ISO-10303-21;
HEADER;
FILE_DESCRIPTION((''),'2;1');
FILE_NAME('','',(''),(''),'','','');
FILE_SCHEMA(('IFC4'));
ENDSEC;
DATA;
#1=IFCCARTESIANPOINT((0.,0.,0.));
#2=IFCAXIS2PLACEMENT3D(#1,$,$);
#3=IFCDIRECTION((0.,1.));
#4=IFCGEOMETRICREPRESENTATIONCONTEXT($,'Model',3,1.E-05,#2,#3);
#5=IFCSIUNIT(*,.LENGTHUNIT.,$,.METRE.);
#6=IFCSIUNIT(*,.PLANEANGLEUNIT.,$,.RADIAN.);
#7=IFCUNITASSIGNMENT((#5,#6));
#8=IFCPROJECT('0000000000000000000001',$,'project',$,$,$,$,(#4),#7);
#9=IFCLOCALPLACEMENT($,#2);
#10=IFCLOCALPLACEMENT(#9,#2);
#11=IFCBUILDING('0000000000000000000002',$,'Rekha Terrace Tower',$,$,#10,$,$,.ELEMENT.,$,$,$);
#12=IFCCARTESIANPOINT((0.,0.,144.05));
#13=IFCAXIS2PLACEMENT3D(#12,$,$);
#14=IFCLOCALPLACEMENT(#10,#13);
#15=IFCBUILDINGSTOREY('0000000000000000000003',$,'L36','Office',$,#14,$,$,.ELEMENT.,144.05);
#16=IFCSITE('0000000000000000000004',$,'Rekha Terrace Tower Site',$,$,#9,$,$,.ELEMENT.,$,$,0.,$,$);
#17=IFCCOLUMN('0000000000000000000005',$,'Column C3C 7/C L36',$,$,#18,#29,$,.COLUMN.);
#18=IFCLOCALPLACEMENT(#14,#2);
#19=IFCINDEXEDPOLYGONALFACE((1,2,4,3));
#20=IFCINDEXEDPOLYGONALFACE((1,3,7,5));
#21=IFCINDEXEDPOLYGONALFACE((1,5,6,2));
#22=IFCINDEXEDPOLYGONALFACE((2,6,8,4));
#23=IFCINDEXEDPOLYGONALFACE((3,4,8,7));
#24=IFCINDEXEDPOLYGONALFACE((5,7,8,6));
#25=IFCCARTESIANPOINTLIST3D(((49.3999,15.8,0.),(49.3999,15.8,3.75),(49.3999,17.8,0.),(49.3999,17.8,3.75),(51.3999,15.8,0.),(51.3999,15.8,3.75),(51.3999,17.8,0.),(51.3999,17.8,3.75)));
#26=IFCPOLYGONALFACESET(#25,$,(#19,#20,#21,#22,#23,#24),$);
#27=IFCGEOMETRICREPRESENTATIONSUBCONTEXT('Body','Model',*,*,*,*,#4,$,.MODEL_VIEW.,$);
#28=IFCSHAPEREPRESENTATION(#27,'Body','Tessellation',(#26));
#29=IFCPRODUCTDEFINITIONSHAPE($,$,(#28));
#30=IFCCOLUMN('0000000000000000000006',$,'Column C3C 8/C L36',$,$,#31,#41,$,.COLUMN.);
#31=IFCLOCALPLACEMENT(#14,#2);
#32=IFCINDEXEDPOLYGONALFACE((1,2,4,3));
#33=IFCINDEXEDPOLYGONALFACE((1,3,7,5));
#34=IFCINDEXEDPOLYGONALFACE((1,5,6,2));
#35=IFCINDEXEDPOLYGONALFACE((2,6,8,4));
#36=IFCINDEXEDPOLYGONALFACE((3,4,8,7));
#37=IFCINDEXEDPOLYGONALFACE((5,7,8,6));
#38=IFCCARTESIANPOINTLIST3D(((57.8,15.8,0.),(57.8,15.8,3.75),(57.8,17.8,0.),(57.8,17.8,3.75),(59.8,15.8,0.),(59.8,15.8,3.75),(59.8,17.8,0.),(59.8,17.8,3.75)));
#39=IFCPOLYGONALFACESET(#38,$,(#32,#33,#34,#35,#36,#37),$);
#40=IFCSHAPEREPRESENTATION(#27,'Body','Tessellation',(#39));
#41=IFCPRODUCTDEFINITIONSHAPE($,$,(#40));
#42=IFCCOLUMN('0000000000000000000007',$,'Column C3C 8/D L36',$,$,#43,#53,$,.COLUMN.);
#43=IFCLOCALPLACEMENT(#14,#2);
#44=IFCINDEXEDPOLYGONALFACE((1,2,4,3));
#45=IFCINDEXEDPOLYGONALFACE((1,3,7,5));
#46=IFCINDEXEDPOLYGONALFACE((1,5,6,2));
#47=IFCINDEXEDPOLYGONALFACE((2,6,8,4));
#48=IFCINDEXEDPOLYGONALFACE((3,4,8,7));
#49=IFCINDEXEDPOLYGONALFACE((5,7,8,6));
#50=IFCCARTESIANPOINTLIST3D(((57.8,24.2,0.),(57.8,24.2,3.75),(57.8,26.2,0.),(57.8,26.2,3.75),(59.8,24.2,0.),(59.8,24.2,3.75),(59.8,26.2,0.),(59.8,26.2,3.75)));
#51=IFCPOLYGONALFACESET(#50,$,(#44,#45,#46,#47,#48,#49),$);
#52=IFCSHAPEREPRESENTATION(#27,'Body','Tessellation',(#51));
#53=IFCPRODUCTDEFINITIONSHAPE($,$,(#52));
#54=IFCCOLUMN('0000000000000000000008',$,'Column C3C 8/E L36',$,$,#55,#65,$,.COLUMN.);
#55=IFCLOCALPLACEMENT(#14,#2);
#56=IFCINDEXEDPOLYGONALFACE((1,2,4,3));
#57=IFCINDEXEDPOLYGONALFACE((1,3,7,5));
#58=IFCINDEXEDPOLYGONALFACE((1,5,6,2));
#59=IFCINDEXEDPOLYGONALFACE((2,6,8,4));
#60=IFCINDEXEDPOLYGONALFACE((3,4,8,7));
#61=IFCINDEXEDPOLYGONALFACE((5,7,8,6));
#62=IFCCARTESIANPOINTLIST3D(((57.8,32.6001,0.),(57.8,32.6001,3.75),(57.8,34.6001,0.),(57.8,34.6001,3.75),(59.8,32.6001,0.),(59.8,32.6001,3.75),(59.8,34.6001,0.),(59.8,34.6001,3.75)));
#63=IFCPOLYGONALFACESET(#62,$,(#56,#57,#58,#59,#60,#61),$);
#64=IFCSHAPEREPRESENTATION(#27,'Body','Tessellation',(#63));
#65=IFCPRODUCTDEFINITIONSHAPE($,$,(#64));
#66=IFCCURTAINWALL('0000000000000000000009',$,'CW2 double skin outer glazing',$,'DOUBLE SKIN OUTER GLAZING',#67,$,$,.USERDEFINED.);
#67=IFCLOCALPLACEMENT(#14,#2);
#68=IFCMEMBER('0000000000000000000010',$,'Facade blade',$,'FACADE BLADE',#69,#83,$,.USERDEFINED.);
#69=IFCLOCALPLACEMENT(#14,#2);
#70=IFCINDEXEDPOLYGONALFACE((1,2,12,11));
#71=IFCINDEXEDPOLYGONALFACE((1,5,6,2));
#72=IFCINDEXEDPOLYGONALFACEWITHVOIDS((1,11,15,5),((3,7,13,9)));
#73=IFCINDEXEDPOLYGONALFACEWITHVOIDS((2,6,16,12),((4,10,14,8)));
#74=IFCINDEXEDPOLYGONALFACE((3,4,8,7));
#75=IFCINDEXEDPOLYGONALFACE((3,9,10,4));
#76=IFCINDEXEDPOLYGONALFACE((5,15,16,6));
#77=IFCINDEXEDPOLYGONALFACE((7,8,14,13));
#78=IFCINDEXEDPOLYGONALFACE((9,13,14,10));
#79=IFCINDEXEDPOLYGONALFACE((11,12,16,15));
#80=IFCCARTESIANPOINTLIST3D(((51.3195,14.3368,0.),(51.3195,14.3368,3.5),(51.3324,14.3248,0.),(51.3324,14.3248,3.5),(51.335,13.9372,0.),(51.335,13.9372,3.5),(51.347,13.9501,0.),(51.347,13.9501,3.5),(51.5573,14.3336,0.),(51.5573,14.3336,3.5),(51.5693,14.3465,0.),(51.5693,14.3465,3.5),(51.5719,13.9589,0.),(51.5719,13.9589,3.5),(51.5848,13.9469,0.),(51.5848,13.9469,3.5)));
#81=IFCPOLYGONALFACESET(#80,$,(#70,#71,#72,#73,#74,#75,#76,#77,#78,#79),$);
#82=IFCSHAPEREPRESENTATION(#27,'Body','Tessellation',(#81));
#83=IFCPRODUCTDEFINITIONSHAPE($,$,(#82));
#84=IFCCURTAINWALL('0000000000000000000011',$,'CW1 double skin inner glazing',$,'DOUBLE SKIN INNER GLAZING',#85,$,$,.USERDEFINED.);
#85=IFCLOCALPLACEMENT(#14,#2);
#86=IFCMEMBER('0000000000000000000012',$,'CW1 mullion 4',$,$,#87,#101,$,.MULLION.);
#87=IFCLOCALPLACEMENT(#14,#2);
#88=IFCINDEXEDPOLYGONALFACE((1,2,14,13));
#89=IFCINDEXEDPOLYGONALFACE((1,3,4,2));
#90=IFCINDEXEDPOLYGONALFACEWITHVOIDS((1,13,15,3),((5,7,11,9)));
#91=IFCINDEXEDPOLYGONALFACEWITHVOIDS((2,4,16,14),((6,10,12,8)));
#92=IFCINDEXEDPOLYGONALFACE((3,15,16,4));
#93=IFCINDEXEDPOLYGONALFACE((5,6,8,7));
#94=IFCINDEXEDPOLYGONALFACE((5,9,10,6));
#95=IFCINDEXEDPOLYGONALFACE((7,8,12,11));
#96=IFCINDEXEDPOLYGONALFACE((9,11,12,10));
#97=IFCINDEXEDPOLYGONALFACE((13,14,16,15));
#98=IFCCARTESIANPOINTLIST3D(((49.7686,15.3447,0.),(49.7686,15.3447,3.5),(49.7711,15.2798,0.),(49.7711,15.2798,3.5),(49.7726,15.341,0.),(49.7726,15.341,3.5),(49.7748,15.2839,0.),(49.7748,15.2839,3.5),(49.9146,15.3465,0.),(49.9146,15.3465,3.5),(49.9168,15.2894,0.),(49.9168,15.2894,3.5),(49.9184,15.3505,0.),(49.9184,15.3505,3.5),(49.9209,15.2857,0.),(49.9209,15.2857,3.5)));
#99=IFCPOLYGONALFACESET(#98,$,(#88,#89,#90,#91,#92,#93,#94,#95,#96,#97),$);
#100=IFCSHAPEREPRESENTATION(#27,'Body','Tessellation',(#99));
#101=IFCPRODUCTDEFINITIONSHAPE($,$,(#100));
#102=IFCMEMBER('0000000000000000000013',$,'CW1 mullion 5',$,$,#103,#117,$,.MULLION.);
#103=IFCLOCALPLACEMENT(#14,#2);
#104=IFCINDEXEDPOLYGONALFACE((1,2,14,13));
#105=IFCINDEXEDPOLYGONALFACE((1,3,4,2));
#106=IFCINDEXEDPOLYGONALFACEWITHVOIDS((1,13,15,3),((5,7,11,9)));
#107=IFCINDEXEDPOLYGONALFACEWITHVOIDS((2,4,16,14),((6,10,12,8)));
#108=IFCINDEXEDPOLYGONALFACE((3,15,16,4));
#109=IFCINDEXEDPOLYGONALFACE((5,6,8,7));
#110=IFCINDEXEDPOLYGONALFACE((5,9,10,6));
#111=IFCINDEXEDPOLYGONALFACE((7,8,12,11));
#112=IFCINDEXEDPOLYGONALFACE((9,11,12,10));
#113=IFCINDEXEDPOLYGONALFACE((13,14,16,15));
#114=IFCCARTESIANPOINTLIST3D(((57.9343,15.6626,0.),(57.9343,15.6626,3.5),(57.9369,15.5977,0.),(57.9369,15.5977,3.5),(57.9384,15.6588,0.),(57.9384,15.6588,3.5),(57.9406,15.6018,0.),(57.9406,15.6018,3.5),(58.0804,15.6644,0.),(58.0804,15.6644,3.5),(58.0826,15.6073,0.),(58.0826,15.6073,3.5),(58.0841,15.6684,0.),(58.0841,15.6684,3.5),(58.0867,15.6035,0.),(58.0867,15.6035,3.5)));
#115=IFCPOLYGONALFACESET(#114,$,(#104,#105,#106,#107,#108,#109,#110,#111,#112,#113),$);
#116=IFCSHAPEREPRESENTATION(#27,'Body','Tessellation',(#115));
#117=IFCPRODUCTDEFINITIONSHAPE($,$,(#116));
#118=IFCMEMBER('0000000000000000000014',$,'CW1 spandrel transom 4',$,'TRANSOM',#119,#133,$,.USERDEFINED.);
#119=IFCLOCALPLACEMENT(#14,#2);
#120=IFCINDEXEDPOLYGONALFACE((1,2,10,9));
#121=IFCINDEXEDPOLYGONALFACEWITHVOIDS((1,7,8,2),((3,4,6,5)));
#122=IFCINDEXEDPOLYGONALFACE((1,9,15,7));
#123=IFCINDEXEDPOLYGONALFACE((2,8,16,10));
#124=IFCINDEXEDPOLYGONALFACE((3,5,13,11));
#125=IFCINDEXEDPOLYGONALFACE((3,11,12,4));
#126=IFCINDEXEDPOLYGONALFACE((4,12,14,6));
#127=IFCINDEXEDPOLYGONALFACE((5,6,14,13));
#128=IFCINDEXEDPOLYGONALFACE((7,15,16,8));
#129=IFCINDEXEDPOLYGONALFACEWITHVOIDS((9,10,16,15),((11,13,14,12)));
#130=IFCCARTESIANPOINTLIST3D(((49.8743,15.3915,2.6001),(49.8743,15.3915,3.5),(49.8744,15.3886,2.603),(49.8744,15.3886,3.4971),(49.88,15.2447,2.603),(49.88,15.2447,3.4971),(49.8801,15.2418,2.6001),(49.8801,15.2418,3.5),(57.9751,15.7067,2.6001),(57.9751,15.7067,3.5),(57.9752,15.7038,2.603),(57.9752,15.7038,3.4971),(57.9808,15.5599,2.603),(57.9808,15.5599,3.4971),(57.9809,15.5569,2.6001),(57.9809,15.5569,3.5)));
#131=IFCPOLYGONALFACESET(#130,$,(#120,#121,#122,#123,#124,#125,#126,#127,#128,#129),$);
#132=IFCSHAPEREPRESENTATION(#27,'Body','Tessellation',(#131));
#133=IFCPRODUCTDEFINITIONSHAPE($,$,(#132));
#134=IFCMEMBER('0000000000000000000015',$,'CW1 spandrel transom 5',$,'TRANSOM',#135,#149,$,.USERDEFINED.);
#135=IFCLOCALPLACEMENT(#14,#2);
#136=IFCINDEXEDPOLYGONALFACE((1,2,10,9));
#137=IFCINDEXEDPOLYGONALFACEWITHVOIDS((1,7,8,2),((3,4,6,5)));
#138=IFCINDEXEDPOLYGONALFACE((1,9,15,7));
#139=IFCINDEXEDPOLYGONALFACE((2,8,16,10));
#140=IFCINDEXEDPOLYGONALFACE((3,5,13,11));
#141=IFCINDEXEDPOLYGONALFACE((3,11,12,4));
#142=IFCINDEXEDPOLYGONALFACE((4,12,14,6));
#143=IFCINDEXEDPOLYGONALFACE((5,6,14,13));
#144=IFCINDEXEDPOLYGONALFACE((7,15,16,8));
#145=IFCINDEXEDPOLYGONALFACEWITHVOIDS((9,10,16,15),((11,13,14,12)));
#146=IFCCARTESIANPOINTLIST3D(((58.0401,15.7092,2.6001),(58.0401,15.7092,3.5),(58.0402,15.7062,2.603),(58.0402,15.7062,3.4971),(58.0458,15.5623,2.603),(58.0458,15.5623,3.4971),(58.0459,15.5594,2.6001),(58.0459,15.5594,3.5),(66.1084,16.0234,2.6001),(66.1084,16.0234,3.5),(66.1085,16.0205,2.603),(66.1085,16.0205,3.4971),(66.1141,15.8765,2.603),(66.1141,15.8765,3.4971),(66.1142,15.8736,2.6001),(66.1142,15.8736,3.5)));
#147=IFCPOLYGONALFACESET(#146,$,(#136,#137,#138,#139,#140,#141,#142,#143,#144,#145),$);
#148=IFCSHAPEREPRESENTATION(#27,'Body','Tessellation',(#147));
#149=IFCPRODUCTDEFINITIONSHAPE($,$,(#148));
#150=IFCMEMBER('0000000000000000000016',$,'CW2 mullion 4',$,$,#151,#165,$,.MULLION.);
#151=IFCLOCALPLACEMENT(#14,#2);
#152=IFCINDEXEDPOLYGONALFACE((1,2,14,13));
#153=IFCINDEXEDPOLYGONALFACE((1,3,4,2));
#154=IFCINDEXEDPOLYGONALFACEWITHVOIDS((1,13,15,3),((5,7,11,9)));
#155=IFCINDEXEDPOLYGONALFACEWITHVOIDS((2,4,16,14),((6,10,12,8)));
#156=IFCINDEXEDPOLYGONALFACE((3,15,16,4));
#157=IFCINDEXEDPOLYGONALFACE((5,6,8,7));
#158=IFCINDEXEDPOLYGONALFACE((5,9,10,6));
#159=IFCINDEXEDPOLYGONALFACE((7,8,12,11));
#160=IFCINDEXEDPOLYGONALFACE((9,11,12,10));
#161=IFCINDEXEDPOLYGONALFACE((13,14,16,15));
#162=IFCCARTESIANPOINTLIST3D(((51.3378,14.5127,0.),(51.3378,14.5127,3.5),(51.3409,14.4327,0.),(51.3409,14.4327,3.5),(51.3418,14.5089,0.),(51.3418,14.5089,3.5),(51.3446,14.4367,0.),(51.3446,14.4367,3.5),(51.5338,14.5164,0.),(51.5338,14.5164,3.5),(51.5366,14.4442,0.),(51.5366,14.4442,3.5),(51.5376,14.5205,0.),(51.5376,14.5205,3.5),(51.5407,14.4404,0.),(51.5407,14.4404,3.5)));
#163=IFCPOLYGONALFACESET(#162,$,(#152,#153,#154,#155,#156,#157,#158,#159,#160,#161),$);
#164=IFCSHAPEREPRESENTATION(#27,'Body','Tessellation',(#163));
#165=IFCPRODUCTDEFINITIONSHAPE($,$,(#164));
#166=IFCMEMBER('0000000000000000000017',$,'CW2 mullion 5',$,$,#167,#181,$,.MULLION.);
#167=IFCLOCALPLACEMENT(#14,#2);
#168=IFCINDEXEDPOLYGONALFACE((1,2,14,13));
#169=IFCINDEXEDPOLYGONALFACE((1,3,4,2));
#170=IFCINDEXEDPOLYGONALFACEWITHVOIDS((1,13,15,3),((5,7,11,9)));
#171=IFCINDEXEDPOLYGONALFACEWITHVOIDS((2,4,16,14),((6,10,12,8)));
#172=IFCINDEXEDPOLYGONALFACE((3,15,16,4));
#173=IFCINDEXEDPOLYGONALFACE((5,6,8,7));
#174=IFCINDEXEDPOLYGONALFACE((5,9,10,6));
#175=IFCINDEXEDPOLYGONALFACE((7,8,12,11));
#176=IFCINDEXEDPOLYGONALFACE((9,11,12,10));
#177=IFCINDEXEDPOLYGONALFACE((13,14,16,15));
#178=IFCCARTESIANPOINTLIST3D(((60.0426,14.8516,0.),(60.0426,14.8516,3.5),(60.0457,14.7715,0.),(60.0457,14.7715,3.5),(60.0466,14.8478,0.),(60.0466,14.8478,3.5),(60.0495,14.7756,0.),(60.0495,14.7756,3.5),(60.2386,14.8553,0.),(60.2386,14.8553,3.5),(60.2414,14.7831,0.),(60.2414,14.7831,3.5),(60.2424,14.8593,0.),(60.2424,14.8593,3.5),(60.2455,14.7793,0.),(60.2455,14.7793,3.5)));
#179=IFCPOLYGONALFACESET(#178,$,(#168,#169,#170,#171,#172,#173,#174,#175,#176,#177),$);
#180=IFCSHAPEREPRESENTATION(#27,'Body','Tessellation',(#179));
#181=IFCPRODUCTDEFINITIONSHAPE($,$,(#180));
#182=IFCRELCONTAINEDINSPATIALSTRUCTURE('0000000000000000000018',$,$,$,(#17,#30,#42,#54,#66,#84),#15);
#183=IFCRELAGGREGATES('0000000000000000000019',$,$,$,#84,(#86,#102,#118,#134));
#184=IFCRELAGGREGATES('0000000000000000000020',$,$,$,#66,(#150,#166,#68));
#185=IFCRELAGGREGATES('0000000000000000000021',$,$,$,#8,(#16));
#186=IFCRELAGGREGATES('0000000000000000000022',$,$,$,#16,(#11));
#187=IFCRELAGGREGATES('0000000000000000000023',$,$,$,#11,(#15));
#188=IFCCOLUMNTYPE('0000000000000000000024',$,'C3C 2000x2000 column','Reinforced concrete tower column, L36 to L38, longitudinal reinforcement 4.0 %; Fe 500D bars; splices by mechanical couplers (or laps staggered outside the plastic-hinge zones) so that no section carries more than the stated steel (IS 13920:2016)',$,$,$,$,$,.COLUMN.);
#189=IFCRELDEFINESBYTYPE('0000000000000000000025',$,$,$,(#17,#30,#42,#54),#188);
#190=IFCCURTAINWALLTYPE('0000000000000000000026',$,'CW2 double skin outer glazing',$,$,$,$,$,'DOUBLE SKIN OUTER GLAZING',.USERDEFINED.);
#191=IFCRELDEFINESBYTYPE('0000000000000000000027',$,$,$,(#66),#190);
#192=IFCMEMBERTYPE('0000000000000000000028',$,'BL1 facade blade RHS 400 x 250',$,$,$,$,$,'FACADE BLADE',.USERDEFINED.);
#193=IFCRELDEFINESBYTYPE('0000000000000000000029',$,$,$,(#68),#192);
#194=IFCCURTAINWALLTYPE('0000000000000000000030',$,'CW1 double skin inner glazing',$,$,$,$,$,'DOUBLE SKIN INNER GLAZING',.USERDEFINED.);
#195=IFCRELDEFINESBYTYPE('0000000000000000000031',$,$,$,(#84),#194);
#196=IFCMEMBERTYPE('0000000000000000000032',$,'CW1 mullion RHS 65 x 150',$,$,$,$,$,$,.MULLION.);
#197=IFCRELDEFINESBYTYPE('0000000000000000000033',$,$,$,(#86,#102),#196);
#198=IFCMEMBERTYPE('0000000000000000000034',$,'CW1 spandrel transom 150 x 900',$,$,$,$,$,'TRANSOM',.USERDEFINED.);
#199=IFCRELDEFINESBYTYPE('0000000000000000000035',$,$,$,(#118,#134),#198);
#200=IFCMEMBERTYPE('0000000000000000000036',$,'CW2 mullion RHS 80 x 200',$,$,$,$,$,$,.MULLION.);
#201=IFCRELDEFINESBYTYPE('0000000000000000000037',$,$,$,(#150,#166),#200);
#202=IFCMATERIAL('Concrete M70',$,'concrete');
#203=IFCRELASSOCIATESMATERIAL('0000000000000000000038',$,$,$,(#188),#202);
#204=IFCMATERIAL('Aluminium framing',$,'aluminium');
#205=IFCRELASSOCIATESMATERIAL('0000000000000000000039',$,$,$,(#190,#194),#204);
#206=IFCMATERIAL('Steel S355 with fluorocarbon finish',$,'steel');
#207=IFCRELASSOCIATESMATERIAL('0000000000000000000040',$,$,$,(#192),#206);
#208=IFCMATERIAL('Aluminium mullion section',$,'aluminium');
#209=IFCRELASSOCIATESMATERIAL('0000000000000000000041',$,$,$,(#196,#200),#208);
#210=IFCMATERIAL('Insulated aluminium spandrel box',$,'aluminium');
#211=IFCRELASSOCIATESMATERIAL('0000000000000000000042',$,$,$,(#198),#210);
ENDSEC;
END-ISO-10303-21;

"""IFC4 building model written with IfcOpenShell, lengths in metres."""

from ifc_helpers import new_model, si_unit, direction, frame, origin, origin_2d, place, context, subcontext, project, spatial, rectangle, hollow_rectangle, extrude, material, material_profile, profile_set, type_object, element, aggregate, save


model = new_model("IFC4")

# Units and contexts
model_context = context("Model", 3, precision=1e-05, world=origin(), true_north=direction((0.0, 1.0)))
body_context = subcontext(model_context, "Body", "Model", "MODEL_VIEW")
ifc_project = project(units=[si_unit("LENGTHUNIT", "METRE"), si_unit("PLANEANGLEUNIT", "RADIAN")], contexts=[model_context])

# Site, building, storey
site_placement = place(None, origin())
site = spatial("IfcSite", under=ifc_project, at=site_placement, Name="Rekha Terrace Tower Site", CompositionType="ELEMENT", RefElevation=0.0)
building_placement = place(site_placement, origin())
building = spatial("IfcBuilding", under=site, at=building_placement, Name="Rekha Terrace Tower", CompositionType="ELEMENT")
storey_placement = place(building_placement, frame((0.0, 0.0, 144.05)))
storey = spatial("IfcBuildingStorey", under=building, at=storey_placement, Name="L36", Description="Office", CompositionType="ELEMENT", Elevation=144.05)

# Columns
ifc_material_1 = material(Name="Concrete M70", Category="concrete")
ifc_material_profile_1 = material_profile(ifc_material_1, rectangle(XDim=2.0, YDim=2.0, at=origin_2d()), Name="RC 2000x2000")
ifc_profile_set_1 = profile_set([ifc_material_profile_1], Name="Concrete M70")
column_type = type_object("IfcColumnType", Name="C3C 2000x2000 column", Description="Reinforced concrete tower column, L36 to L38, longitudinal reinforcement 4.0 %; Fe 500D bars; splices by mechanical couplers (or laps staggered outside the plastic-hinge zones) so that no section carries more than the stated steel (IS 13920:2016)", PredefinedType="COLUMN", material=ifc_profile_set_1)
for number, where, z_axis, x_axis, name in (
    (1, (50.3999, 16.8, 0.0), (0.0, 0.0, 1.0), (1.0, 0.0, 0.0), "Column C3C 7/C L36"),
    (2, (58.8, 16.8, 0.0), (0.0, 0.0, 1.0), (1.0, 0.0, 0.0), "Column C3C 8/C L36"),
    (3, (58.8, 25.2, 0.0), (0.0, 0.0, 1.0), (1.0, 0.0, 0.0), "Column C3C 8/D L36"),
    (4, (58.8, 33.6001, 0.0), (0.0, 0.0, 1.0), (1.0, 0.0, 0.0), "Column C3C 8/E L36"),
):
    element("IfcColumn", number, at=place(storey_placement, frame(where, z_axis=z_axis, x_axis=x_axis)), inside=storey, type_object=column_type, Name=name, PredefinedType="COLUMN", context=body_context, shape_type="SweptSolid", body=[
        extrude(rectangle(XDim=2.0, YDim=2.0, at=origin_2d()), origin(), (0.0, 0.0, 1.0), 3.75),
    ])

# Curtain wall, member
ifc_material_2 = material(Name="Aluminium framing", Category="aluminium")
curtain_wall_type_1 = type_object("IfcCurtainWallType", Name="CW2 double skin outer glazing", ElementType="DOUBLE SKIN OUTER GLAZING", PredefinedType="USERDEFINED", material=ifc_material_2)
curtain_wall_1_placement = place(storey_placement, origin())
curtain_wall_1 = element("IfcCurtainWall", 5, at=curtain_wall_1_placement, inside=storey, type_object=curtain_wall_type_1, Name="CW2 double skin outer glazing", ObjectType="DOUBLE SKIN OUTER GLAZING", PredefinedType="USERDEFINED")
ifc_material_3 = material(Name="Steel S355 with fluorocarbon finish", Category="steel")
ifc_material_profile_2 = material_profile(ifc_material_3, hollow_rectangle(XDim=0.25, YDim=0.3999, WallThickness=0.0125, at=origin_2d()), Name="RHS400x250x12.5")
ifc_profile_set_2 = profile_set([ifc_material_profile_2], Name="Steel S355 with fluorocarbon finish")
member_type_1 = type_object("IfcMemberType", Name="BL1 facade blade RHS 400 x 250", ElementType="FACADE BLADE", PredefinedType="USERDEFINED", material=ifc_profile_set_2)
member_1_placement = place(storey_placement, frame((51.4521, 14.1418, 0.0), z_axis=(0.0, 0.0, 1.0), x_axis=(0.999243, 0.03889, 0.0)))
member_1 = element("IfcMember", 6, at=member_1_placement, type_object=member_type_1, Name="Facade blade", ObjectType="FACADE BLADE", PredefinedType="USERDEFINED", context=body_context, shape_type="SweptSolid", body=[
    extrude(hollow_rectangle(XDim=0.25, YDim=0.3999, WallThickness=0.0125, at=origin_2d()), origin(), (0.0, 0.0, 1.0), 3.5),
])

# Curtain wall, members
curtain_wall_type_2 = type_object("IfcCurtainWallType", Name="CW1 double skin inner glazing", ElementType="DOUBLE SKIN INNER GLAZING", PredefinedType="USERDEFINED", material=ifc_material_2)
curtain_wall_2_placement = place(storey_placement, origin())
curtain_wall_2 = element("IfcCurtainWall", 7, at=curtain_wall_2_placement, inside=storey, type_object=curtain_wall_type_2, Name="CW1 double skin inner glazing", ObjectType="DOUBLE SKIN INNER GLAZING", PredefinedType="USERDEFINED")
ifc_material_4 = material(Name="Aluminium mullion section", Category="aluminium")
ifc_material_profile_3 = material_profile(ifc_material_4, hollow_rectangle(XDim=0.0649, YDim=0.1499, WallThickness=0.0039, at=origin_2d()), Name="AL RHS 65x150")
ifc_profile_set_3 = profile_set([ifc_material_profile_3], Name="Aluminium mullion section")
member_type_2 = type_object("IfcMemberType", Name="CW1 mullion RHS 65 x 150", PredefinedType="MULLION", material=ifc_profile_set_3)
member_2_placement = place(storey_placement, frame((49.8447, 15.3152, 0.0), z_axis=(0.0, 0.0, 1.0), x_axis=(-0.03889, 0.999243, 0.0)))
member_2 = element("IfcMember", 8, at=member_2_placement, type_object=member_type_2, Name="CW1 mullion 4", PredefinedType="MULLION", context=body_context, shape_type="SweptSolid", body=[
    extrude(hollow_rectangle(XDim=0.0649, YDim=0.1499, WallThickness=0.0039, at=origin_2d()), origin(), (0.0, 0.0, 1.0), 3.5),
])
member_3_placement = place(storey_placement, frame((58.0105, 15.6331, 0.0), z_axis=(0.0, 0.0, 1.0), x_axis=(-0.03889, 0.999243, 0.0)))
member_3 = element("IfcMember", 9, at=member_3_placement, type_object=member_type_2, Name="CW1 mullion 5", PredefinedType="MULLION", context=body_context, shape_type="SweptSolid", body=[
    extrude(hollow_rectangle(XDim=0.0649, YDim=0.1499, WallThickness=0.0039, at=origin_2d()), origin(), (0.0, 0.0, 1.0), 3.5),
])
ifc_material_5 = material(Name="Insulated aluminium spandrel box", Category="aluminium")
ifc_material_profile_4 = material_profile(ifc_material_5, hollow_rectangle(XDim=0.1499, YDim=0.8999, WallThickness=0.0029, at=origin_2d()), Name="AL SPANDREL BOX 150x900")
ifc_profile_set_4 = profile_set([ifc_material_profile_4], Name="Insulated aluminium spandrel box")
member_type_3 = type_object("IfcMemberType", Name="CW1 spandrel transom 150 x 900", ElementType="TRANSOM", PredefinedType="USERDEFINED", material=ifc_profile_set_4)
member_4_placement = place(storey_placement, frame((49.8772, 15.3167, 3.05), z_axis=(0.999244, 0.038878, 0.0), x_axis=(-0.038878, 0.999244, 0.0)))
member_4 = element("IfcMember", 10, at=member_4_placement, type_object=member_type_3, Name="CW1 spandrel transom 4", ObjectType="TRANSOM", PredefinedType="USERDEFINED", context=body_context, shape_type="SweptSolid", body=[
    extrude(hollow_rectangle(XDim=0.1499, YDim=0.8999, WallThickness=0.0029, at=origin_2d()), origin(), (0.0, 0.0, 1.0), 8.1069),
])
member_5_placement = place(storey_placement, frame((58.043, 15.6343, 3.05), z_axis=(0.999243, 0.038914, 0.0), x_axis=(-0.038914, 0.999243, 0.0)))
member_5 = element("IfcMember", 11, at=member_5_placement, type_object=member_type_3, Name="CW1 spandrel transom 5", ObjectType="TRANSOM", PredefinedType="USERDEFINED", context=body_context, shape_type="SweptSolid", body=[
    extrude(hollow_rectangle(XDim=0.1499, YDim=0.8999, WallThickness=0.0029, at=origin_2d()), origin(), (0.0, 0.0, 1.0), 8.0745),
])

# Members
ifc_material_profile_5 = material_profile(ifc_material_4, hollow_rectangle(XDim=0.0801, YDim=0.2, WallThickness=0.0039, at=origin_2d()), Name="AL RHS 80x200")
ifc_profile_set_5 = profile_set([ifc_material_profile_5], Name="Aluminium mullion section")
member_type_4 = type_object("IfcMemberType", Name="CW2 mullion RHS 80 x 200", PredefinedType="MULLION", material=ifc_profile_set_5)
member_6_placement = place(storey_placement, frame((51.4392, 14.4766, 0.0), z_axis=(0.0, 0.0, 1.0), x_axis=(-0.03889, 0.999243, 0.0)))
member_6 = element("IfcMember", 12, at=member_6_placement, type_object=member_type_4, Name="CW2 mullion 4", PredefinedType="MULLION", context=body_context, shape_type="SweptSolid", body=[
    extrude(hollow_rectangle(XDim=0.0801, YDim=0.2, WallThickness=0.0039, at=origin_2d()), origin(), (0.0, 0.0, 1.0), 3.5),
])
member_7_placement = place(storey_placement, frame((60.144, 14.8154, 0.0), z_axis=(0.0, 0.0, 1.0), x_axis=(-0.03889, 0.999243, 0.0)))
member_7 = element("IfcMember", 13, at=member_7_placement, type_object=member_type_4, Name="CW2 mullion 5", PredefinedType="MULLION", context=body_context, shape_type="SweptSolid", body=[
    extrude(hollow_rectangle(XDim=0.0801, YDim=0.2, WallThickness=0.0039, at=origin_2d()), origin(), (0.0, 0.0, 1.0), 3.5),
])

aggregate(curtain_wall_2, [member_2, member_3, member_4, member_5])
aggregate(curtain_wall_1, [member_6, member_7, member_1])

save(model, "model.ifc")
